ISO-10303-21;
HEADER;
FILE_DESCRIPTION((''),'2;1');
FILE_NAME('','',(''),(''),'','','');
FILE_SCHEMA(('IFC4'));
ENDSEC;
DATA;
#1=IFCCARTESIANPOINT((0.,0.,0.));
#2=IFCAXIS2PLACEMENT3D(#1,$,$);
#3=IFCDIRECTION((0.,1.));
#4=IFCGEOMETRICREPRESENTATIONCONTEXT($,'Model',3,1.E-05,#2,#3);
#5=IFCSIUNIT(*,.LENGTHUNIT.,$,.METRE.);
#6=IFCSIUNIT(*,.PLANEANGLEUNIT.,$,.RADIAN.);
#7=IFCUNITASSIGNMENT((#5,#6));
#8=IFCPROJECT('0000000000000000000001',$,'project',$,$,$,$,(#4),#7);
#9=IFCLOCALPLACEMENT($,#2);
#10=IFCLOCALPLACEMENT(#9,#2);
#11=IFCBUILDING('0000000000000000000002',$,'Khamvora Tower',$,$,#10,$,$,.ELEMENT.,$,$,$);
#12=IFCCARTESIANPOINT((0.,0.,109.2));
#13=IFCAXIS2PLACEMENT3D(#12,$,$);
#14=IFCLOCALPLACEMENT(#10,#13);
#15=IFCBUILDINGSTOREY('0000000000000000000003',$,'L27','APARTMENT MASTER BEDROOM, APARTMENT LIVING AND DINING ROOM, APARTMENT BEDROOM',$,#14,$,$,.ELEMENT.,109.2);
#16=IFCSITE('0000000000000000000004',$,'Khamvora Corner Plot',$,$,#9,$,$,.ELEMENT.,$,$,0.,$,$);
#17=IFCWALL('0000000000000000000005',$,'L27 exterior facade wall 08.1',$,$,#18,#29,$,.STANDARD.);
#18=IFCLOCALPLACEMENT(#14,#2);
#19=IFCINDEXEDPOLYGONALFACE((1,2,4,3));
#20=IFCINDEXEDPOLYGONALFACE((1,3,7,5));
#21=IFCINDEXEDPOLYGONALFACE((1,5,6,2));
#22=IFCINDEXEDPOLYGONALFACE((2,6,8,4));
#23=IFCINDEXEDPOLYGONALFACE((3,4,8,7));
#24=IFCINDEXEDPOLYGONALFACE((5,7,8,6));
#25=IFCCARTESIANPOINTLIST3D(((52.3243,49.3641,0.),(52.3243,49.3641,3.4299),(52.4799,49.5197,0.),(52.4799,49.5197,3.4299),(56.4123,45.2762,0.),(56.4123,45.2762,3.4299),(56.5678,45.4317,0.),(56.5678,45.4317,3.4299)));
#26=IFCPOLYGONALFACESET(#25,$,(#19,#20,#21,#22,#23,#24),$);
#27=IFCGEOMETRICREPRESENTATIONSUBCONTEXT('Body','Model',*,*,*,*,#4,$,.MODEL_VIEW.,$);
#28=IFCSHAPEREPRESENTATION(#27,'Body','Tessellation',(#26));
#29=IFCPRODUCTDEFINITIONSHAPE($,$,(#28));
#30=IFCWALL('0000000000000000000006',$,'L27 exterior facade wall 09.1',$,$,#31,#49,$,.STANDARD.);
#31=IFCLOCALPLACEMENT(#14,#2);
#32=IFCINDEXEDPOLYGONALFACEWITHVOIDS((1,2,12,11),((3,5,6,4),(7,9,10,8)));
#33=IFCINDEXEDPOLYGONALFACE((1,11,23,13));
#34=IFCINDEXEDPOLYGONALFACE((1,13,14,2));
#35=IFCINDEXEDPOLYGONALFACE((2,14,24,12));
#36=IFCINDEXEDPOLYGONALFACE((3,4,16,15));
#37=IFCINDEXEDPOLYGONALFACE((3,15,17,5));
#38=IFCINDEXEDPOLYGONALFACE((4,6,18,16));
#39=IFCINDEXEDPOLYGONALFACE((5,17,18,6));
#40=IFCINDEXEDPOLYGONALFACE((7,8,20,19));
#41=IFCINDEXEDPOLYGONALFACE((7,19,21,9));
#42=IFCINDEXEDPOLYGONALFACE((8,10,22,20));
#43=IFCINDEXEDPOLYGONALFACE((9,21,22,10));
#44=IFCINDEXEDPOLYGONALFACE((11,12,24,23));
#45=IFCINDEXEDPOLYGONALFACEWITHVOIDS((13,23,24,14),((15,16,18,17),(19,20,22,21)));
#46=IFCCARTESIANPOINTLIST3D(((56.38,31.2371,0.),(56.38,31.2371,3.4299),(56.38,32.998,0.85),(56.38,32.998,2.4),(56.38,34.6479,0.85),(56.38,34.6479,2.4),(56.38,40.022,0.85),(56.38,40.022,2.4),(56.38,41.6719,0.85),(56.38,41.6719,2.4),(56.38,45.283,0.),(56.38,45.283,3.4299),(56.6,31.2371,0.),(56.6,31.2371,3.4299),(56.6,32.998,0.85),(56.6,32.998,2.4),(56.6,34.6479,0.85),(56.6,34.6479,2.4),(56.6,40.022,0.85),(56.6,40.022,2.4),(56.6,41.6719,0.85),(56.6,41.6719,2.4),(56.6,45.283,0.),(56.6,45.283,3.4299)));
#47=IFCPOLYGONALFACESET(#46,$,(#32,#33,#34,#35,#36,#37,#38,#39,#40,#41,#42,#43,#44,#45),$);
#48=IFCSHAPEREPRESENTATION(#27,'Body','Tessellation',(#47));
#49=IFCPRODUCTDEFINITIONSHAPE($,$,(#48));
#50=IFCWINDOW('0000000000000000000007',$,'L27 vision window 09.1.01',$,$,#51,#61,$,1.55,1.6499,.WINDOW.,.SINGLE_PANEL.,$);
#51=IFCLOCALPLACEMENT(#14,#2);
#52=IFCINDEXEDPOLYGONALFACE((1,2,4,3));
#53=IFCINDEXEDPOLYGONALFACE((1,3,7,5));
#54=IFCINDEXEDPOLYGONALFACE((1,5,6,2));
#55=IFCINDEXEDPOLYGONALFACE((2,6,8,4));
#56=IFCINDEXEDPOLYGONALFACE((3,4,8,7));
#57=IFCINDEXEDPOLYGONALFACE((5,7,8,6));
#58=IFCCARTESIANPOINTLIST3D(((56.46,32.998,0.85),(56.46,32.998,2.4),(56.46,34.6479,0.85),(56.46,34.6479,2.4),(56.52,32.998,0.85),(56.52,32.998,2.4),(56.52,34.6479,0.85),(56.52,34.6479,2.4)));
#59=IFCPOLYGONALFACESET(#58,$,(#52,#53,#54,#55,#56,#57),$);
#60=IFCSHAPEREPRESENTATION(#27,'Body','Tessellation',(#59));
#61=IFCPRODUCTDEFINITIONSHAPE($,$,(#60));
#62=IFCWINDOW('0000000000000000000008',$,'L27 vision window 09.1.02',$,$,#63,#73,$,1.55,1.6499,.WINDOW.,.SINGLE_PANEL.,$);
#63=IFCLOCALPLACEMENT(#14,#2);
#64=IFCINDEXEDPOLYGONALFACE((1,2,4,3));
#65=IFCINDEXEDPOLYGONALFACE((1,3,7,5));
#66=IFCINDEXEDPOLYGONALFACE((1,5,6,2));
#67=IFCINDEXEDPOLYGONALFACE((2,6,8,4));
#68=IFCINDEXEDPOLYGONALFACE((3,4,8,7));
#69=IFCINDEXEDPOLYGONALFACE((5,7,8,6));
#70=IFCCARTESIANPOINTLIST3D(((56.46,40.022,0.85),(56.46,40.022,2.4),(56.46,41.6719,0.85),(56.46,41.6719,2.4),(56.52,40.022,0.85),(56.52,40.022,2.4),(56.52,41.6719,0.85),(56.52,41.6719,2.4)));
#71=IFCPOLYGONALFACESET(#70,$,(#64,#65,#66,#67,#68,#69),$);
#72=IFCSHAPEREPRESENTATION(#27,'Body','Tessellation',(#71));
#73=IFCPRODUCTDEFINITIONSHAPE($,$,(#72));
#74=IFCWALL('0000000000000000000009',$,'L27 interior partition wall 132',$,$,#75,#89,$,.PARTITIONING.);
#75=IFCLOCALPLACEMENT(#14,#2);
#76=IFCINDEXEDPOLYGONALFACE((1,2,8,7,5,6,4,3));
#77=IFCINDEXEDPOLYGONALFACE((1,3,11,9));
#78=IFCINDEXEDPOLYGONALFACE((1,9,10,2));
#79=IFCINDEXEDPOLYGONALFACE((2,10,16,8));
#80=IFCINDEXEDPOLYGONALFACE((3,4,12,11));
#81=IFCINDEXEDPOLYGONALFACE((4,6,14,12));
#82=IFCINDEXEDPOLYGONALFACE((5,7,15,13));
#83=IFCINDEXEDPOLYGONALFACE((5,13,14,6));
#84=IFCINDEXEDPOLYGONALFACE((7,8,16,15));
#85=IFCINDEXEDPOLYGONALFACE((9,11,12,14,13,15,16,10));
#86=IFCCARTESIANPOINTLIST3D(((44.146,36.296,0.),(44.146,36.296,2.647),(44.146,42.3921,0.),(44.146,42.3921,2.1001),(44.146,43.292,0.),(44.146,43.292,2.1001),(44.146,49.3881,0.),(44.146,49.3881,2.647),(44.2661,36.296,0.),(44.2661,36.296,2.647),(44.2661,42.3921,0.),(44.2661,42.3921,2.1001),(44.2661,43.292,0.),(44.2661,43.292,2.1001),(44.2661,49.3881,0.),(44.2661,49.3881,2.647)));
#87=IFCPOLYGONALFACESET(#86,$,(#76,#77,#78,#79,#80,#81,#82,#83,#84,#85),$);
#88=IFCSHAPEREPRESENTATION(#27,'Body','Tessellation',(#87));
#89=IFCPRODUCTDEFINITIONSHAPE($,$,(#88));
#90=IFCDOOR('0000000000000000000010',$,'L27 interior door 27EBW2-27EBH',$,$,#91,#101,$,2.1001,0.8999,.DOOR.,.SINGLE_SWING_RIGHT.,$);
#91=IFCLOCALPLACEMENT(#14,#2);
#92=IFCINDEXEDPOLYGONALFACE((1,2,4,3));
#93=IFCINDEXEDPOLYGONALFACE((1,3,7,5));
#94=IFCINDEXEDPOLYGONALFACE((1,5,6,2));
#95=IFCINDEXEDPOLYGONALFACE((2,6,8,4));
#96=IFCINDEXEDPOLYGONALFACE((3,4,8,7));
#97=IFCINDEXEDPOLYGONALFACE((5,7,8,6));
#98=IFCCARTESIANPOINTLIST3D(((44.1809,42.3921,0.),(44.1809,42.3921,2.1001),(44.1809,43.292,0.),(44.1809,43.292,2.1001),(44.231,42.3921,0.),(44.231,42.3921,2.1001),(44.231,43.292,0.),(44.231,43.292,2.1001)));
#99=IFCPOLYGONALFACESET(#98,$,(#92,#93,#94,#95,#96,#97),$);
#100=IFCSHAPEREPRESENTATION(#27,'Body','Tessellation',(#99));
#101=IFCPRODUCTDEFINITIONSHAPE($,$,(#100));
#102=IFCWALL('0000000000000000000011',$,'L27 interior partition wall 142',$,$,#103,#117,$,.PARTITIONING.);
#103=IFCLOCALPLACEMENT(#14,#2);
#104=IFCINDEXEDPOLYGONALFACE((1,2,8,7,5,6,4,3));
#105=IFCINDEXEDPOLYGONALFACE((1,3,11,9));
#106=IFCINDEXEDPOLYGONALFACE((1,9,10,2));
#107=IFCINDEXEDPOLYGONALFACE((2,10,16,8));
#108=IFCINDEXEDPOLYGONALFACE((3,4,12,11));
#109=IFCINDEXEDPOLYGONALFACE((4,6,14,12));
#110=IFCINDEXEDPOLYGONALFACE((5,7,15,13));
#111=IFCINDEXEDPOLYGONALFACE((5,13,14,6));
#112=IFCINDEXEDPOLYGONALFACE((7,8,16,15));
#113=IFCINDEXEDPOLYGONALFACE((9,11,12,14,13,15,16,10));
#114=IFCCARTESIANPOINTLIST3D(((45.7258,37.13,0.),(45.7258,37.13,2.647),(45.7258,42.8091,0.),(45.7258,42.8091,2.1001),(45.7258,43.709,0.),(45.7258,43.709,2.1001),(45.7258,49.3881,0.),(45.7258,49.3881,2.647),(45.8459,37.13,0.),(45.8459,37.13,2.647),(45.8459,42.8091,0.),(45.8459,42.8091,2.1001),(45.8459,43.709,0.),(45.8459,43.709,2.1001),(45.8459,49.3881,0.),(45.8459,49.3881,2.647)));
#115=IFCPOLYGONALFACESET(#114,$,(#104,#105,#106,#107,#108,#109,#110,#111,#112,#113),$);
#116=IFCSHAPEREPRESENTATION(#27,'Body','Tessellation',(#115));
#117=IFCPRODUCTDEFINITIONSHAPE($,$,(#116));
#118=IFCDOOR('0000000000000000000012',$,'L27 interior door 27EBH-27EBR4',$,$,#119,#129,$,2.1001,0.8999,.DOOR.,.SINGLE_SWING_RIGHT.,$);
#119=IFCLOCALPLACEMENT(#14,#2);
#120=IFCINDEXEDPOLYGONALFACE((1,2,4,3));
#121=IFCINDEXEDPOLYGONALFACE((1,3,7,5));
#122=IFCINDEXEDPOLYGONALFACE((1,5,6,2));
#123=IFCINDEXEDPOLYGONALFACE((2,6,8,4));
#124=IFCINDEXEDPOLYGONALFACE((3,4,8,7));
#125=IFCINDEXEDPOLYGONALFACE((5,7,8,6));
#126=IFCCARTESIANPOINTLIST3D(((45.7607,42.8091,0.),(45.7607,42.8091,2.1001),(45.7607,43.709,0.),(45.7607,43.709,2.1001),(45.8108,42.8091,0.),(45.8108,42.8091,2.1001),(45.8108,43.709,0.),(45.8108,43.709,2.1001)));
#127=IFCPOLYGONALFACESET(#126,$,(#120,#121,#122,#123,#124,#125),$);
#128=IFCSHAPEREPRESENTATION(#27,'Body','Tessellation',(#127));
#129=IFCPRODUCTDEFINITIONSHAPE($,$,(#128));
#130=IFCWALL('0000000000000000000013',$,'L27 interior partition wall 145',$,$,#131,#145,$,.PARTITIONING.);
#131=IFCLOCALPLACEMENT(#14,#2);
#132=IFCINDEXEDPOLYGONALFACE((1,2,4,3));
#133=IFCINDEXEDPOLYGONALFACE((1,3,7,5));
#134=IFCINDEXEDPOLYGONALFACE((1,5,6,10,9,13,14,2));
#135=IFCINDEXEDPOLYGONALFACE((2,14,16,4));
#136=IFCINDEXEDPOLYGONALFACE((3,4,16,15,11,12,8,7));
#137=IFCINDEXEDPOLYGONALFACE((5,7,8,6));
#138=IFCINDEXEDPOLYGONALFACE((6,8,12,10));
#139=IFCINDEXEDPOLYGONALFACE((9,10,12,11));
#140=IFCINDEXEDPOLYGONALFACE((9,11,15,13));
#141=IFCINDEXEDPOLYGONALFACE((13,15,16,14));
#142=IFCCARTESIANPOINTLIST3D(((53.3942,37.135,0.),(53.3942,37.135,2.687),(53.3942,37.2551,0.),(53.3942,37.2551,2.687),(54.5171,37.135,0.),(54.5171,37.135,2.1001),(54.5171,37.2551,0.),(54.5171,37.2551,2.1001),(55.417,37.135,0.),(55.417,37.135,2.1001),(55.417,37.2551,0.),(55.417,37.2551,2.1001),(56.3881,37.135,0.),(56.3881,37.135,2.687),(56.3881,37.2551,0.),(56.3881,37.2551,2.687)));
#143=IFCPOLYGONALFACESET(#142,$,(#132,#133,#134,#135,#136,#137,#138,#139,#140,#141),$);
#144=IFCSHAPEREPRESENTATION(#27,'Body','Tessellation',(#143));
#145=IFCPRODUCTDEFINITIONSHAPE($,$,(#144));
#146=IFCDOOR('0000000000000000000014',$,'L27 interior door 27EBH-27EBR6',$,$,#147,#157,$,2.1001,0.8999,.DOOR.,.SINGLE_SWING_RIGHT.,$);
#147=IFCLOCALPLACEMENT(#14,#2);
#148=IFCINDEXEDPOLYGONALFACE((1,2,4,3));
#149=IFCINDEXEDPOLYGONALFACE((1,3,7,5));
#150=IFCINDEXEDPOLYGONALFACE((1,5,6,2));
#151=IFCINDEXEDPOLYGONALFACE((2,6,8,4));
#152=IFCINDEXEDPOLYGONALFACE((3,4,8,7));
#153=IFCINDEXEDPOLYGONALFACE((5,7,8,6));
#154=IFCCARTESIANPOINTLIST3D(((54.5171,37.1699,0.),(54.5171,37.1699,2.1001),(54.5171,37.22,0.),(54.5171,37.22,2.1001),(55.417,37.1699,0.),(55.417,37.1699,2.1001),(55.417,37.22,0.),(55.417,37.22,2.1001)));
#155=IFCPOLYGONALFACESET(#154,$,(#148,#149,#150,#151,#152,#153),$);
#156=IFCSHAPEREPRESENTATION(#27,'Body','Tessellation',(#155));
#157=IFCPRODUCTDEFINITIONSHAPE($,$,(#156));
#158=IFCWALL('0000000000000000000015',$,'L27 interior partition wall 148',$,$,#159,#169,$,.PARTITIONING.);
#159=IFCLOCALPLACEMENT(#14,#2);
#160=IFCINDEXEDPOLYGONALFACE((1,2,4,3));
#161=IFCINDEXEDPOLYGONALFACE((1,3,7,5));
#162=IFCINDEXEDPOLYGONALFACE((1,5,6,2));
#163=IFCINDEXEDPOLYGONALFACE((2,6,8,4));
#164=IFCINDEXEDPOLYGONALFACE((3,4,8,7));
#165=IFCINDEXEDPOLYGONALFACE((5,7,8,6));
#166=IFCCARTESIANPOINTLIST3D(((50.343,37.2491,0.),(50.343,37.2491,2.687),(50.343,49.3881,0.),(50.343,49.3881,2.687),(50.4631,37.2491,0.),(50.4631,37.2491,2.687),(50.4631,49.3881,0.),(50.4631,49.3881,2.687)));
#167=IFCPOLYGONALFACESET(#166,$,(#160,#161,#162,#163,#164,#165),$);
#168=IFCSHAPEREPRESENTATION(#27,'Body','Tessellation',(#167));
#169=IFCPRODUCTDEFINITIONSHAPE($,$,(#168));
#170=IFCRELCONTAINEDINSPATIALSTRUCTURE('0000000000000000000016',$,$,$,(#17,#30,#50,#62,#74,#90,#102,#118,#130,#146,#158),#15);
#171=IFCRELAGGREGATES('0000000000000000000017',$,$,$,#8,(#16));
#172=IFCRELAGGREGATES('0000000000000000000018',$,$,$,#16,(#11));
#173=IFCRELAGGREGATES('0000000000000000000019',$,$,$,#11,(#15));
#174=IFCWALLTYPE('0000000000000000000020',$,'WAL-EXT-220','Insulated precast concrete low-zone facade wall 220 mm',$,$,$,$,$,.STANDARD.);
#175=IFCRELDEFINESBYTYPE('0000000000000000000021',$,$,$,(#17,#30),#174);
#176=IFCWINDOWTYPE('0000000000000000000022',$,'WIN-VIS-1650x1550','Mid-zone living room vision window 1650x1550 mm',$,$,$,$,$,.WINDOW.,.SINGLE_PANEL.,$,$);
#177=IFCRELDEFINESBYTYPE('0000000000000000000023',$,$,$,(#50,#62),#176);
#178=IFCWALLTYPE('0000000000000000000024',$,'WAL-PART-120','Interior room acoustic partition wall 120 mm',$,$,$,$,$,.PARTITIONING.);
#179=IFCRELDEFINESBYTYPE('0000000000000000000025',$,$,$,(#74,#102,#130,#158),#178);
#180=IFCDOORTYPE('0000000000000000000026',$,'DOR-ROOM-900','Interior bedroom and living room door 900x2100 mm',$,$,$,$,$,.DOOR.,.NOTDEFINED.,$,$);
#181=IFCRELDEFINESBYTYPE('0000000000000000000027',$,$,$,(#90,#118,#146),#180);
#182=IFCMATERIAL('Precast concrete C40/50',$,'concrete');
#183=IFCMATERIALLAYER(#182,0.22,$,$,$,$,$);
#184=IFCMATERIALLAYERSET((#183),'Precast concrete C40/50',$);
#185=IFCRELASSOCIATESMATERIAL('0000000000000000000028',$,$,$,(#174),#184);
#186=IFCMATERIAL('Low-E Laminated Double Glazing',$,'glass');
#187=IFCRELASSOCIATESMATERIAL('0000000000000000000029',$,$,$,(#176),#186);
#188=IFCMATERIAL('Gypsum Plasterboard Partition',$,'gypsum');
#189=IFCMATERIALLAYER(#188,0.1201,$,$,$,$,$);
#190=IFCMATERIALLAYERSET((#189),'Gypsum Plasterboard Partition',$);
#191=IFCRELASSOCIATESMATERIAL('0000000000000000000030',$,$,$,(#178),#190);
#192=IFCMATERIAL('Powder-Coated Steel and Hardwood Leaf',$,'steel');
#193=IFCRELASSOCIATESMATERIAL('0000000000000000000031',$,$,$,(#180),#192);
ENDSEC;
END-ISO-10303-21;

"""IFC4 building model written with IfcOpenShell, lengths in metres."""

from ifc_helpers import new_model, si_unit, direction, frame, frame_2d, origin, place, context, subcontext, project, spatial, rectangle, extrude, material, layer, layer_set, type_object, element, fill, save


model = new_model("IFC4")

# Units and contexts
model_context = context("Model", 3, precision=1e-05, world=origin(), true_north=direction((0.0, 1.0)))
body_context = subcontext(model_context, "Body", "Model", "MODEL_VIEW")
ifc_project = project(units=[si_unit("LENGTHUNIT", "METRE"), si_unit("PLANEANGLEUNIT", "RADIAN")], contexts=[model_context])

# Site, building, storey
site_placement = place(None, origin())
site = spatial("IfcSite", under=ifc_project, at=site_placement, Name="Khamvora Corner Plot", CompositionType="ELEMENT", RefElevation=0.0)
building_placement = place(site_placement, origin())
building = spatial("IfcBuilding", under=site, at=building_placement, Name="Khamvora Tower", CompositionType="ELEMENT")
storey_placement = place(building_placement, frame((0.0, 0.0, 109.2)))
storey = spatial("IfcBuildingStorey", under=building, at=storey_placement, Name="L27", Description="APARTMENT MASTER BEDROOM, APARTMENT LIVING AND DINING ROOM, APARTMENT BEDROOM", CompositionType="ELEMENT", Elevation=109.2)

# Wall
ifc_material_1 = material(Name="Precast concrete C40/50", Category="concrete")
ifc_layer_1 = layer(ifc_material_1, 0.22)
ifc_layer_set_1 = layer_set([ifc_layer_1], Name="Precast concrete C40/50")
wall_type_1 = type_object("IfcWallType", Name="WAL-EXT-220", Description="Insulated precast concrete low-zone facade wall 220 mm", PredefinedType="STANDARD", material=ifc_layer_set_1)
wall_1_placement = place(storey_placement, frame((52.4021, 49.4419, 0.0), z_axis=(0.0, 0.0, 1.0), x_axis=(0.707107, -0.707107, 0.0)))
element("IfcWall", 1, at=wall_1_placement, inside=storey, type_object=wall_type_1, Name="L27 exterior facade wall 08.1", PredefinedType="STANDARD", context=body_context, shape_type="SweptSolid", body=[
    extrude(rectangle(XDim=5.7812, YDim=0.22, at=frame_2d((2.8906, 0.0))), origin(), (0.0, 0.0, 1.0), 3.4299),
])

# Wall, openings, windows
wall_2_placement = place(storey_placement, frame((56.49, 45.283, 0.0), z_axis=(0.0, 0.0, 1.0), x_axis=(0.0, -1.0, 0.0)))
wall_2 = element("IfcWall", 2, at=wall_2_placement, inside=storey, type_object=wall_type_1, Name="L27 exterior facade wall 09.1", PredefinedType="STANDARD", context=body_context, shape_type="SweptSolid", body=[
    extrude(rectangle(XDim=14.0459, YDim=0.22, at=frame_2d((7.0229, 0.0))), origin(), (0.0, 0.0, 1.0), 3.4299),
])
opening_1_placement = place(wall_2_placement, frame((10.635, 0.0, 0.8501)))
opening_1 = element("IfcOpeningElement", 3, at=opening_1_placement, cuts=wall_2, PredefinedType="OPENING", context=body_context, shape_type="SweptSolid", body=[
    extrude(rectangle(XDim=1.6499, YDim=1.55, at=frame_2d((0.825, 0.7749))), frame((0.0, 0.1199, 0.0), z_axis=(0.0, -1.0, 0.0), x_axis=(1.0, 0.0, 0.0)), (0.0, 0.0, 1.0), 0.24),
])
opening_2_placement = place(wall_2_placement, frame((3.6111, 0.0, 0.8501)))
opening_2 = element("IfcOpeningElement", 4, at=opening_2_placement, cuts=wall_2, PredefinedType="OPENING", context=body_context, shape_type="SweptSolid", body=[
    extrude(rectangle(XDim=1.6499, YDim=1.55, at=frame_2d((0.825, 0.7749))), frame((0.0, 0.1199, 0.0), z_axis=(0.0, -1.0, 0.0), x_axis=(1.0, 0.0, 0.0)), (0.0, 0.0, 1.0), 0.24),
])
ifc_material_2 = material(Name="Low-E Laminated Double Glazing", Category="glass")
window_type = type_object("IfcWindowType", Name="WIN-VIS-1650x1550", Description="Mid-zone living room vision window 1650x1550 mm", PartitioningType="SINGLE_PANEL", PredefinedType="WINDOW", material=ifc_material_2)
window_1_placement = place(opening_1_placement, origin())
window_1 = element("IfcWindow", 5, at=window_1_placement, inside=storey, type_object=window_type, Name="L27 vision window 09.1.01", OverallHeight=1.55, OverallWidth=1.6499, PartitioningType="SINGLE_PANEL", PredefinedType="WINDOW", context=body_context, shape_type="SweptSolid", body=[
    extrude(rectangle(XDim=1.6499, YDim=1.55, at=frame_2d((0.825, 0.7749))), frame((0.0, 0.03, 0.0), z_axis=(0.0, -1.0, 0.0), x_axis=(1.0, 0.0, 0.0)), (0.0, 0.0, 1.0), 0.0601),
])
fill(opening_1, window_1)
window_2_placement = place(opening_2_placement, origin())
window_2 = element("IfcWindow", 6, at=window_2_placement, inside=storey, type_object=window_type, Name="L27 vision window 09.1.02", OverallHeight=1.55, OverallWidth=1.6499, PartitioningType="SINGLE_PANEL", PredefinedType="WINDOW", context=body_context, shape_type="SweptSolid", body=[
    extrude(rectangle(XDim=1.6499, YDim=1.55, at=frame_2d((0.825, 0.7749))), frame((0.0, 0.03, 0.0), z_axis=(0.0, -1.0, 0.0), x_axis=(1.0, 0.0, 0.0)), (0.0, 0.0, 1.0), 0.0601),
])
fill(opening_2, window_2)

# Walls, openings, doors
ifc_material_3 = material(Name="Gypsum Plasterboard Partition", Category="gypsum")
ifc_layer_2 = layer(ifc_material_3, 0.1201)
ifc_layer_set_2 = layer_set([ifc_layer_2], Name="Gypsum Plasterboard Partition")
wall_type_2 = type_object("IfcWallType", Name="WAL-PART-120", Description="Interior room acoustic partition wall 120 mm", PredefinedType="PARTITIONING", material=ifc_layer_set_2)
wall_3_placement = place(storey_placement, frame((44.2061, 49.3879, 0.0), z_axis=(0.0, 0.0, 1.0), x_axis=(0.0, -1.0, 0.0)))
wall_3 = element("IfcWall", 7, at=wall_3_placement, inside=storey, type_object=wall_type_2, Name="L27 interior partition wall 132", PredefinedType="PARTITIONING", context=body_context, shape_type="SweptSolid", body=[
    extrude(rectangle(XDim=13.092, YDim=0.1201, at=frame_2d((6.5459, 0.0))), origin(), (0.0, 0.0, 1.0), 2.647),
])
opening_3_placement = place(wall_3_placement, frame((6.0959, 0.0, 0.0)))
opening_3 = element("IfcOpeningElement", 8, at=opening_3_placement, cuts=wall_3, PredefinedType="OPENING", context=body_context, shape_type="SweptSolid", body=[
    extrude(rectangle(XDim=0.8999, YDim=2.1001, at=frame_2d((0.45, 1.05))), frame((0.0, 0.0701, 0.0), z_axis=(0.0, -1.0, 0.0), x_axis=(1.0, 0.0, 0.0)), (0.0, 0.0, 1.0), 0.1401),
])
ifc_material_4 = material(Name="Powder-Coated Steel and Hardwood Leaf", Category="steel")
door_type_1 = type_object("IfcDoorType", Name="DOR-ROOM-900", Description="Interior bedroom and living room door 900x2100 mm", OperationType="NOTDEFINED", PredefinedType="DOOR", material=ifc_material_4)
door_1_placement = place(opening_3_placement, origin())
door_1 = element("IfcDoor", 9, at=door_1_placement, inside=storey, type_object=door_type_1, Name="L27 interior door 27EBW2-27EBH", OperationType="SINGLE_SWING_RIGHT", OverallHeight=2.1001, OverallWidth=0.8999, PredefinedType="DOOR", context=body_context, shape_type="SweptSolid", body=[
    extrude(rectangle(XDim=0.8999, YDim=2.1001, at=frame_2d((0.45, 1.05))), frame((0.0, 0.0249, 0.0), z_axis=(0.0, -1.0, 0.0), x_axis=(1.0, 0.0, 0.0)), (0.0, 0.0, 1.0), 0.05),
])
fill(opening_3, door_1)
wall_4_placement = place(storey_placement, frame((45.7859, 49.3879, 0.0), z_axis=(0.0, 0.0, 1.0), x_axis=(0.0, -1.0, 0.0)))
wall_4 = element("IfcWall", 10, at=wall_4_placement, inside=storey, type_object=wall_type_2, Name="L27 interior partition wall 142", PredefinedType="PARTITIONING", context=body_context, shape_type="SweptSolid", body=[
    extrude(rectangle(XDim=12.2581, YDim=0.1201, at=frame_2d((6.1289, 0.0))), origin(), (0.0, 0.0, 1.0), 2.647),
])
opening_4_placement = place(wall_4_placement, frame((5.679, 0.0, 0.0)))
opening_4 = element("IfcOpeningElement", 11, at=opening_4_placement, cuts=wall_4, PredefinedType="OPENING", context=body_context, shape_type="SweptSolid", body=[
    extrude(rectangle(XDim=0.8999, YDim=2.1001, at=frame_2d((0.45, 1.05))), frame((0.0, 0.0701, 0.0), z_axis=(0.0, -1.0, 0.0), x_axis=(1.0, 0.0, 0.0)), (0.0, 0.0, 1.0), 0.1401),
])
door_2_placement = place(opening_4_placement, origin())
door_2 = element("IfcDoor", 12, at=door_2_placement, inside=storey, type_object=door_type_1, Name="L27 interior door 27EBH-27EBR4", OperationType="SINGLE_SWING_RIGHT", OverallHeight=2.1001, OverallWidth=0.8999, PredefinedType="DOOR", context=body_context, shape_type="SweptSolid", body=[
    extrude(rectangle(XDim=0.8999, YDim=2.1001, at=frame_2d((0.45, 1.05))), frame((0.0, 0.0249, 0.0), z_axis=(0.0, -1.0, 0.0), x_axis=(1.0, 0.0, 0.0)), (0.0, 0.0, 1.0), 0.05),
])
fill(opening_4, door_2)
wall_5_placement = place(storey_placement, frame((53.394, 37.1951, 0.0), z_axis=(0.0, 0.0, 1.0), x_axis=(1.0, 0.0, 0.0)))
wall_5 = element("IfcWall", 13, at=wall_5_placement, inside=storey, type_object=wall_type_2, Name="L27 interior partition wall 145", PredefinedType="PARTITIONING", context=body_context, shape_type="SweptSolid", body=[
    extrude(rectangle(XDim=2.9939, YDim=0.1201, at=frame_2d((1.4971, 0.0))), origin(), (0.0, 0.0, 1.0), 2.687),
])
opening_5_placement = place(wall_5_placement, frame((1.123, 0.0, 0.0)))
opening_5 = element("IfcOpeningElement", 14, at=opening_5_placement, cuts=wall_5, PredefinedType="OPENING", context=body_context, shape_type="SweptSolid", body=[
    extrude(rectangle(XDim=0.8999, YDim=2.1001, at=frame_2d((0.45, 1.05))), frame((0.0, 0.0701, 0.0), z_axis=(0.0, -1.0, 0.0), x_axis=(1.0, 0.0, 0.0)), (0.0, 0.0, 1.0), 0.1401),
])
door_3_placement = place(opening_5_placement, origin())
door_3 = element("IfcDoor", 15, at=door_3_placement, inside=storey, type_object=door_type_1, Name="L27 interior door 27EBH-27EBR6", OperationType="SINGLE_SWING_RIGHT", OverallHeight=2.1001, OverallWidth=0.8999, PredefinedType="DOOR", context=body_context, shape_type="SweptSolid", body=[
    extrude(rectangle(XDim=0.8999, YDim=2.1001, at=frame_2d((0.45, 1.05))), frame((0.0, 0.0249, 0.0), z_axis=(0.0, -1.0, 0.0), x_axis=(1.0, 0.0, 0.0)), (0.0, 0.0, 1.0), 0.05),
])
fill(opening_5, door_3)

# Wall
wall_6_placement = place(storey_placement, frame((50.4031, 49.3879, 0.0), z_axis=(0.0, 0.0, 1.0), x_axis=(0.0, -1.0, 0.0)))
element("IfcWall", 16, at=wall_6_placement, inside=storey, type_object=wall_type_2, Name="L27 interior partition wall 148", PredefinedType="PARTITIONING", context=body_context, shape_type="SweptSolid", body=[
    extrude(rectangle(XDim=12.1389, YDim=0.1201, at=frame_2d((6.0693, 0.0))), origin(), (0.0, 0.0, 1.0), 2.687),
])

save(model, "model.ifc")
